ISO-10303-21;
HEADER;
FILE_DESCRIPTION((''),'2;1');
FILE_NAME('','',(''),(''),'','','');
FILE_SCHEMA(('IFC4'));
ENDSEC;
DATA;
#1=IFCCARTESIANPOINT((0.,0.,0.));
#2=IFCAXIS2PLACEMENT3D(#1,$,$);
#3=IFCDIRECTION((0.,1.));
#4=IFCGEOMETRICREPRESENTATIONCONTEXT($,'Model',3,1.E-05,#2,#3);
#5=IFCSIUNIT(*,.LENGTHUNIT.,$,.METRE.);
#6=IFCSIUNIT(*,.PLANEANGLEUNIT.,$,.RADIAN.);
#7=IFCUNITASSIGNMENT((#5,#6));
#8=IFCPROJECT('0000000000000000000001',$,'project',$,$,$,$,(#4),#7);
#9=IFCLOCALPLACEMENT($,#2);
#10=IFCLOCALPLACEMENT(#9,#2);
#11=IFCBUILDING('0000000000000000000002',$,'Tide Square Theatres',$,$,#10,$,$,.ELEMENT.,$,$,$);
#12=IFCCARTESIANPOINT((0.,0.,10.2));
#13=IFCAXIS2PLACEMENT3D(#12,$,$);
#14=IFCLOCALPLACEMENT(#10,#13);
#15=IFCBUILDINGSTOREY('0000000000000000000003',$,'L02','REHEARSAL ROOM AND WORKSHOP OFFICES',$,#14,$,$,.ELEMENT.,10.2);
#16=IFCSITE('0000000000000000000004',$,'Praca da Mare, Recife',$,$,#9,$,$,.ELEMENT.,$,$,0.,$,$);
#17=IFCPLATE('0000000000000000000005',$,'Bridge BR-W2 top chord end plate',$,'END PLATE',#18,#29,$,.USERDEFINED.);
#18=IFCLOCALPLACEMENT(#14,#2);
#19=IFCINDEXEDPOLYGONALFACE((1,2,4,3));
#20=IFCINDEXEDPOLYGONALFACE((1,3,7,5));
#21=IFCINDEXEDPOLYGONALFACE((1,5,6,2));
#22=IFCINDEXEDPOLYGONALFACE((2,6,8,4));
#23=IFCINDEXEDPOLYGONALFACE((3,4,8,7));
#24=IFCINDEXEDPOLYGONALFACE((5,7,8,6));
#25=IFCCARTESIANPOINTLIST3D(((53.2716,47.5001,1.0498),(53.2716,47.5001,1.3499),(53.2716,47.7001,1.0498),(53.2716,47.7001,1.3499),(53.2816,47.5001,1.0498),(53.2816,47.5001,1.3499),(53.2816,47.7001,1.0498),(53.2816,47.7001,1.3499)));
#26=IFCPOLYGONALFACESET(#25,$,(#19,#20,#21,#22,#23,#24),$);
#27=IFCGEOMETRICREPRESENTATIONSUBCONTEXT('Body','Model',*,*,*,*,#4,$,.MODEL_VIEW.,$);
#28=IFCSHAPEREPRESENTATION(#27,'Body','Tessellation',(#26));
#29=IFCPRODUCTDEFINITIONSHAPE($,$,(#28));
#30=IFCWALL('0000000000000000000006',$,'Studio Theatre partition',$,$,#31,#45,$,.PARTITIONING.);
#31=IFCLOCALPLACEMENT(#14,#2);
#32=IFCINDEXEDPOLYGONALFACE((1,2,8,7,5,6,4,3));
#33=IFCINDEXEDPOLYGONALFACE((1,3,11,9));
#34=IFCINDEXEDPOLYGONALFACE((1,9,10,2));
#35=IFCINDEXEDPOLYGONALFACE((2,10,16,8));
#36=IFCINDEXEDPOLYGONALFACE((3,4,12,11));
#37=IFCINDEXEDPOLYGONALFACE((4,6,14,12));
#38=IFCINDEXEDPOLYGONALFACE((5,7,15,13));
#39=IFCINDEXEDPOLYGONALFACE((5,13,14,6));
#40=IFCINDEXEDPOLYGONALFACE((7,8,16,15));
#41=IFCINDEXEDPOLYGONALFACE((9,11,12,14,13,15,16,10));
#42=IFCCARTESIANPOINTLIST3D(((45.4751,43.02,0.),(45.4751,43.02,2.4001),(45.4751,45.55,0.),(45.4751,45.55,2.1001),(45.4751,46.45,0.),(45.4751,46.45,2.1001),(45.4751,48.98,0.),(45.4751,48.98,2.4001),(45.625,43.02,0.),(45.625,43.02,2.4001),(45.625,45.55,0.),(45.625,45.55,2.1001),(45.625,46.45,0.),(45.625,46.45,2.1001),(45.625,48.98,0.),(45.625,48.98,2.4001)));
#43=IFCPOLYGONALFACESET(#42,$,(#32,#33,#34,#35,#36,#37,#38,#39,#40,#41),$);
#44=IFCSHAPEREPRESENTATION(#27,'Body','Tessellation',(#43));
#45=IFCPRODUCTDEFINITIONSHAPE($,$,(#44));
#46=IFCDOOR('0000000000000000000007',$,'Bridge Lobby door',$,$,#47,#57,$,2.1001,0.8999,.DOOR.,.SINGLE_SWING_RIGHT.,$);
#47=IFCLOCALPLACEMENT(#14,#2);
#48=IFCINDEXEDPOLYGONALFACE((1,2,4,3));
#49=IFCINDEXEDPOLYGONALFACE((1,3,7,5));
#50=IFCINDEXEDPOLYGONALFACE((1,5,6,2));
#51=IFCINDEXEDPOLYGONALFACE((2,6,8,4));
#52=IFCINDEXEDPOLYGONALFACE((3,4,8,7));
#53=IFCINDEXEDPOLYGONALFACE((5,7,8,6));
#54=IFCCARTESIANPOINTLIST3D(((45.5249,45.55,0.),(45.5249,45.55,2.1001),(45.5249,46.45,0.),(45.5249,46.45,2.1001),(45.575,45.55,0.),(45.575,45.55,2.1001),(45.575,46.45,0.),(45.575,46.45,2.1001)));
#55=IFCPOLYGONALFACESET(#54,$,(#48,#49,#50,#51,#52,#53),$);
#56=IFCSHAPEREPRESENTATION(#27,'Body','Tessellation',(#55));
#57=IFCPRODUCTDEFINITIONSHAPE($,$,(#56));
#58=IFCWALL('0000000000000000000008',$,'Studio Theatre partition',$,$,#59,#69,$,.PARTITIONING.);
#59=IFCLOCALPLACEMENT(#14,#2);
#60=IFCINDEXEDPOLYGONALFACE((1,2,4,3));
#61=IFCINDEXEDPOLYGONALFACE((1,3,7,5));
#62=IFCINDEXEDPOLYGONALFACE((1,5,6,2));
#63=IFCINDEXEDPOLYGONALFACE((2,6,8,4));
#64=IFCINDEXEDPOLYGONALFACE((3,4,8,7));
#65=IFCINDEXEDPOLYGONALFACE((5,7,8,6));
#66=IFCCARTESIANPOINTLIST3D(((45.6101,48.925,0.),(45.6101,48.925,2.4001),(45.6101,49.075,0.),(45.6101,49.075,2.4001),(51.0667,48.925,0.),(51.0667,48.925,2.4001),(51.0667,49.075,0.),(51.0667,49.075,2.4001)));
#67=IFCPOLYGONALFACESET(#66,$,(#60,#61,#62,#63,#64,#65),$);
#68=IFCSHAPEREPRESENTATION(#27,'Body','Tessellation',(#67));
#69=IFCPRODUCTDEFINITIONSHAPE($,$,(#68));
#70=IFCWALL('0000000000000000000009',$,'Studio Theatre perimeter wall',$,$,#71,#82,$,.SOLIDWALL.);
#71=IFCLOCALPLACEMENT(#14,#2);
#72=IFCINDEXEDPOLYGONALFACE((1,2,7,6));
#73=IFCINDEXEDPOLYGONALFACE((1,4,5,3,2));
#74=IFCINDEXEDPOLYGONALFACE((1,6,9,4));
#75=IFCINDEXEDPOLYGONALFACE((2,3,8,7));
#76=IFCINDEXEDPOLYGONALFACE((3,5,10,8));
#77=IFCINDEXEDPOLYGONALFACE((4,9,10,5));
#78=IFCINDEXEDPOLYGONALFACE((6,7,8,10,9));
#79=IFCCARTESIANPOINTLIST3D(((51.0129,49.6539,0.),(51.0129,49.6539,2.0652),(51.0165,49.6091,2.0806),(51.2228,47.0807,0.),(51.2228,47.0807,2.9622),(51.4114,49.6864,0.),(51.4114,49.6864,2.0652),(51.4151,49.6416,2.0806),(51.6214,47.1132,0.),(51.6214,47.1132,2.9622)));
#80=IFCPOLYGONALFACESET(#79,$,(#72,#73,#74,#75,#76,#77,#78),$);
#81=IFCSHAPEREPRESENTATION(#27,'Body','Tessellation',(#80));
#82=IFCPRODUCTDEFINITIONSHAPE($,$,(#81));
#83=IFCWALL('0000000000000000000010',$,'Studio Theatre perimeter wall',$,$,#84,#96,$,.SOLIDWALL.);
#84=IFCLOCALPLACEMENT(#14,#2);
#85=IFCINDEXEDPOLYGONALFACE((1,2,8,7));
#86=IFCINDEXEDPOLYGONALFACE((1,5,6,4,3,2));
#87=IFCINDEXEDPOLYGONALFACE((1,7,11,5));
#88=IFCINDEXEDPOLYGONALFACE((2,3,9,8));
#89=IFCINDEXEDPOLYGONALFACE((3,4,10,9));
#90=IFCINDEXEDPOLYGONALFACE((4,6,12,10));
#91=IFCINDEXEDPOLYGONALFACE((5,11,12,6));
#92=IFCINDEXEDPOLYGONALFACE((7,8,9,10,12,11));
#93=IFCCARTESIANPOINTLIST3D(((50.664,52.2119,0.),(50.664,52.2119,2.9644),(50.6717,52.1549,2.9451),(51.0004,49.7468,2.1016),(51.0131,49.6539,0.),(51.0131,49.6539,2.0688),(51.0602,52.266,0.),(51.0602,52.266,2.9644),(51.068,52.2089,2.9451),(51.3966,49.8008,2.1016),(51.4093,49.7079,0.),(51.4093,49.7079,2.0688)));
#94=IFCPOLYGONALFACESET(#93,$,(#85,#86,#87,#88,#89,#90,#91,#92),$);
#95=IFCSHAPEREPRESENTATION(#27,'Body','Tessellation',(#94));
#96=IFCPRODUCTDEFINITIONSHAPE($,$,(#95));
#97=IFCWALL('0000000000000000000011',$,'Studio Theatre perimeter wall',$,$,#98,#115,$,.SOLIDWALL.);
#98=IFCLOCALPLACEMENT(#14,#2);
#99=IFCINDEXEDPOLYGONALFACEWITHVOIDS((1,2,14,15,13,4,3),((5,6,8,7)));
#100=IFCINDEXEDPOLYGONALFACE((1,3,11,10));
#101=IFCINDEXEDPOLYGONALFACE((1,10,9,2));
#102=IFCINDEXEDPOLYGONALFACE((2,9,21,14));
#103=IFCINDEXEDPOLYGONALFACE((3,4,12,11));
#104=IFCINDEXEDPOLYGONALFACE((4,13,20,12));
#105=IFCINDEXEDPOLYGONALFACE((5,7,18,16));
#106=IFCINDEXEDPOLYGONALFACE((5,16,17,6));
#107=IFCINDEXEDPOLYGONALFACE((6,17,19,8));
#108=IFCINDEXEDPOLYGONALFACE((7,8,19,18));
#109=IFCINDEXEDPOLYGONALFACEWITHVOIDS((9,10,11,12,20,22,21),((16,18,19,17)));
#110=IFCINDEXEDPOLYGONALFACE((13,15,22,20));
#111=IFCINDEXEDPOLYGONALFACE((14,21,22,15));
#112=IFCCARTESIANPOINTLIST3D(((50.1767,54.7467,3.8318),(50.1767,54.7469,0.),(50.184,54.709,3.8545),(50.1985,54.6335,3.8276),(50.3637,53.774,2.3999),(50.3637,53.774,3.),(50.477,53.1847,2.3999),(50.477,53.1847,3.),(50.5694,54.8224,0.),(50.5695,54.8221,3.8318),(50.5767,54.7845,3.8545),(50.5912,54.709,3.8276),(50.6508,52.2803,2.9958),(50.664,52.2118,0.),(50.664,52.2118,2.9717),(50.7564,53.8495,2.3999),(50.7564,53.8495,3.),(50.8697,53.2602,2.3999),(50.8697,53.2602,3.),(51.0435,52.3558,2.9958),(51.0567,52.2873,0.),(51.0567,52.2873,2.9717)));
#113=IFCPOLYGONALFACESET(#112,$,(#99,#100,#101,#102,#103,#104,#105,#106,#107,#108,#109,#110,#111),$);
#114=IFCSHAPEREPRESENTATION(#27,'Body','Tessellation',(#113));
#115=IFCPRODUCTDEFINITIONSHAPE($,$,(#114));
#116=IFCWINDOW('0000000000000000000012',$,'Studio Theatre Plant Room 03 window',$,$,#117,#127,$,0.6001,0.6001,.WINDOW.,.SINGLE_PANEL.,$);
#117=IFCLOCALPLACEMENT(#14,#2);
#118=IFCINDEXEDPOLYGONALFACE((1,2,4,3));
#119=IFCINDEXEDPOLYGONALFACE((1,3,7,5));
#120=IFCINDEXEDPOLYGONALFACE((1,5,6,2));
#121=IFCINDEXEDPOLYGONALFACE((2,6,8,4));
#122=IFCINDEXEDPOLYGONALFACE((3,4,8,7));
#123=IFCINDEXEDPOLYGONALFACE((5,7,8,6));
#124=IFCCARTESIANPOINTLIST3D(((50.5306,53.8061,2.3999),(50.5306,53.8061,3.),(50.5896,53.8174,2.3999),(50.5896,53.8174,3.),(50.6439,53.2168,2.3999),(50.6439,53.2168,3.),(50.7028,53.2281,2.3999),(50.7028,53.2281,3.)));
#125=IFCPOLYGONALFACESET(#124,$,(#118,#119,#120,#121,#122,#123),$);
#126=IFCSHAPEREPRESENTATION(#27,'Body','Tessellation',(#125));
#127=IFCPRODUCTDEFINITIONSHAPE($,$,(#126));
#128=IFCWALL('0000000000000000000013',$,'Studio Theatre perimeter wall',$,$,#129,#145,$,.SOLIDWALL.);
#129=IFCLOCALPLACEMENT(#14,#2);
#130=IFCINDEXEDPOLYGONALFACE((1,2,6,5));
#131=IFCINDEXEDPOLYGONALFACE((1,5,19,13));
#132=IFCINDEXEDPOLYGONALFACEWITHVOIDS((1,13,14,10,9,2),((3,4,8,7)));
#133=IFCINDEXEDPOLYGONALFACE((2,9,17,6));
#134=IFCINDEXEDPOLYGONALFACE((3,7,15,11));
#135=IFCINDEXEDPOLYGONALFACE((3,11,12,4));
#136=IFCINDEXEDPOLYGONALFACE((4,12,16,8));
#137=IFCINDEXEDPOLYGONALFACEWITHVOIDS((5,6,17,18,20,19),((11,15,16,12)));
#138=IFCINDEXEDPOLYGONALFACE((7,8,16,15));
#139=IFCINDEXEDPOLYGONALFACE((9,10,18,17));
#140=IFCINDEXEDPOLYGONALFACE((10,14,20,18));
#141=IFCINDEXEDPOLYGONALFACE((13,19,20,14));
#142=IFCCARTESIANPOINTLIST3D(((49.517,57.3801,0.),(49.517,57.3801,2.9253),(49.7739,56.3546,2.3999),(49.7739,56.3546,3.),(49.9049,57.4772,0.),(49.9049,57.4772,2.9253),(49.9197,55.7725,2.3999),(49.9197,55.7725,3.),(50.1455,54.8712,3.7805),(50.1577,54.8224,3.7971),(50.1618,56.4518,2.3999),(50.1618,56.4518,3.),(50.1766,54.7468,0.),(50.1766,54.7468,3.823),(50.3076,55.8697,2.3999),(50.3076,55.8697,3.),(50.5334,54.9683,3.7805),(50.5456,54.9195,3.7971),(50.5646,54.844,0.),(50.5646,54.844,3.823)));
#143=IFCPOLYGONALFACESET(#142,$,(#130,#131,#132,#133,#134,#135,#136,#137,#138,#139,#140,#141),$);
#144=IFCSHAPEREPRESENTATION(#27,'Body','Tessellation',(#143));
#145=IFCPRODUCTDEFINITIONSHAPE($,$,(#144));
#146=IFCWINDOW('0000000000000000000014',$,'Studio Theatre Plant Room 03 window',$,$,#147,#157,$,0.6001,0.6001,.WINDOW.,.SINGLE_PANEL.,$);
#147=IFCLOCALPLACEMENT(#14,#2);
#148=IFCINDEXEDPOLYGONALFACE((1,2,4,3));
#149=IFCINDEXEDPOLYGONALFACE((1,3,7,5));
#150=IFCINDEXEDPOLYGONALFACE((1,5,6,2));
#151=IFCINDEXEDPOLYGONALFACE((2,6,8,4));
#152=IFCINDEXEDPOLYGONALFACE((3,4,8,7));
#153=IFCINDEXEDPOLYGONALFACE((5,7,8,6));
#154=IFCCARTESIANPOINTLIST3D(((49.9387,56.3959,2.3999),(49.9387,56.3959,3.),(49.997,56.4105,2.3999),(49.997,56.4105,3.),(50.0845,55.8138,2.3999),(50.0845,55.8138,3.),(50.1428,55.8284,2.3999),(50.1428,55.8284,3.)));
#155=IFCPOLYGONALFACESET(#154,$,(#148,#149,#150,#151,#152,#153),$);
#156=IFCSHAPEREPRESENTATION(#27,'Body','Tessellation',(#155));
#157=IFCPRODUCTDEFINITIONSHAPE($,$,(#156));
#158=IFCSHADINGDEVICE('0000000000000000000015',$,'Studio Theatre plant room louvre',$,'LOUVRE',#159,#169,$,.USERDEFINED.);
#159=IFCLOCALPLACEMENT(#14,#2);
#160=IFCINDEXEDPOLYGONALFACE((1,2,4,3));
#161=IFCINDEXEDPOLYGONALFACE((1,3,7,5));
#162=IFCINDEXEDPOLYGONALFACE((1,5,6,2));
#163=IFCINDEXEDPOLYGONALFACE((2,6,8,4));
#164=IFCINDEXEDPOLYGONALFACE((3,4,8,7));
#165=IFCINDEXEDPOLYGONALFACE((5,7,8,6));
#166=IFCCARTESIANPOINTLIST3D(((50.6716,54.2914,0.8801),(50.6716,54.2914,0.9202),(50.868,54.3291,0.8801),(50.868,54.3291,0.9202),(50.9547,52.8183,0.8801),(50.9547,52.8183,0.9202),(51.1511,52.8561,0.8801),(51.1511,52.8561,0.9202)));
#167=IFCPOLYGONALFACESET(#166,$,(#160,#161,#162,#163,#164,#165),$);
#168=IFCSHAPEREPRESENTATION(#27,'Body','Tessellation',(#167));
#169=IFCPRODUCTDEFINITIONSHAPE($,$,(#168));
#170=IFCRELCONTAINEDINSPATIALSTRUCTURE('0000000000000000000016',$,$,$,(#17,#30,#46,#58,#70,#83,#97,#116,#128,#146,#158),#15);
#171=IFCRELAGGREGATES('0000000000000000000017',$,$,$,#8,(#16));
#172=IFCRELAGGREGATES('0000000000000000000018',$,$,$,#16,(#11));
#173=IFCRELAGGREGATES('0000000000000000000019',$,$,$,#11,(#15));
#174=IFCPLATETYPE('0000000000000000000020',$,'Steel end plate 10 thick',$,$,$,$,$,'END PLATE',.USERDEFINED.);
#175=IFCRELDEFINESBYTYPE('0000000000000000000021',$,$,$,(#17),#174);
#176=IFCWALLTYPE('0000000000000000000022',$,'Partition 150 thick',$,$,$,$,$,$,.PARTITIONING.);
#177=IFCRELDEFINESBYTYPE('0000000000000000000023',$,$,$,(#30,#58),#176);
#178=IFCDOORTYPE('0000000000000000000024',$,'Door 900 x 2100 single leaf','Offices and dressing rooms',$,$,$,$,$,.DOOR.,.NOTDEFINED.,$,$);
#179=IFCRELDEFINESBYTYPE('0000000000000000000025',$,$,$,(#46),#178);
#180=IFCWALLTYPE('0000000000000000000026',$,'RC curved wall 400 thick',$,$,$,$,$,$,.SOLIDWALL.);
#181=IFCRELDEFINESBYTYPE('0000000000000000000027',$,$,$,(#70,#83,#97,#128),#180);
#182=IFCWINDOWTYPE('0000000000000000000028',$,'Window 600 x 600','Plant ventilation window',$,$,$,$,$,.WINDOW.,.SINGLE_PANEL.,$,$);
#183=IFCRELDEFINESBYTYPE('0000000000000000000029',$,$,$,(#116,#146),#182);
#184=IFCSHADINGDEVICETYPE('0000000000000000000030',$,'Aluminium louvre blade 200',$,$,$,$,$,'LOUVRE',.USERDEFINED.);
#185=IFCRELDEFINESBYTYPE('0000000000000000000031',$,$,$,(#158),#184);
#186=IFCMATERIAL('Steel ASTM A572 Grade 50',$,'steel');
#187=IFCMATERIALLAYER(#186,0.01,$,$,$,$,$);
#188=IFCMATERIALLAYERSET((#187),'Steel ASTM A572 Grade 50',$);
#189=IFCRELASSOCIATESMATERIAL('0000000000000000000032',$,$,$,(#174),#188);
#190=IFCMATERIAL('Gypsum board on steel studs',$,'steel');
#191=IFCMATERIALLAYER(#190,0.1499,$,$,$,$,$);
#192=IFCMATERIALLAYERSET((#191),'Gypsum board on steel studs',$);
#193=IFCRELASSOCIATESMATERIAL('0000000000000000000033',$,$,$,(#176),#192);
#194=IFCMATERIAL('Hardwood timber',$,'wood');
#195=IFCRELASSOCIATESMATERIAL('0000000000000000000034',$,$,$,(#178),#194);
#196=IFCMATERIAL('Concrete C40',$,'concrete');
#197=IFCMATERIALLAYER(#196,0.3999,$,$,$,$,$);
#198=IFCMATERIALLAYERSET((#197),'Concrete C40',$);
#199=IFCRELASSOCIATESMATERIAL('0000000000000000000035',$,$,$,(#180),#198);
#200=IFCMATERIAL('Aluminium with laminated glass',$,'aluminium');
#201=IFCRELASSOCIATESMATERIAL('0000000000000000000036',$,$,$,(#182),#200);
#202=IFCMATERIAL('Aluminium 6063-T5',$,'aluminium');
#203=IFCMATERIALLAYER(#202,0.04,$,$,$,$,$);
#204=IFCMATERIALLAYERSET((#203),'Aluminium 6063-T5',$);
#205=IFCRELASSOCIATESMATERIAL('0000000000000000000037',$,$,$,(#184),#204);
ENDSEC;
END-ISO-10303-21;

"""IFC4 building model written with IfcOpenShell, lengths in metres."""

from ifc_helpers import new_model, si_unit, direction, frame, frame_2d, origin, origin_2d, place, context, subcontext, project, spatial, polyline, rectangle, outline, extrude, material, layer, layer_set, type_object, element, fill, save


model = new_model("IFC4")

# Units and contexts
model_context = context("Model", 3, precision=1e-05, world=origin(), true_north=direction((0.0, 1.0)))
body_context = subcontext(model_context, "Body", "Model", "MODEL_VIEW")
ifc_project = project(units=[si_unit("LENGTHUNIT", "METRE"), si_unit("PLANEANGLEUNIT", "RADIAN")], contexts=[model_context])

# Site, building, storey
site_placement = place(None, origin())
site = spatial("IfcSite", under=ifc_project, at=site_placement, Name="Praca da Mare, Recife", CompositionType="ELEMENT", RefElevation=0.0)
building_placement = place(site_placement, origin())
building = spatial("IfcBuilding", under=site, at=building_placement, Name="Tide Square Theatres", CompositionType="ELEMENT")
storey_placement = place(building_placement, frame((0.0, 0.0, 10.2)))
storey = spatial("IfcBuildingStorey", under=building, at=storey_placement, Name="L02", Description="REHEARSAL ROOM AND WORKSHOP OFFICES", CompositionType="ELEMENT", Elevation=10.2)

# Plate
ifc_material_1 = material(Name="Steel ASTM A572 Grade 50", Category="steel")
ifc_layer_1 = layer(ifc_material_1, 0.01)
ifc_layer_set_1 = layer_set([ifc_layer_1], Name="Steel ASTM A572 Grade 50")
plate_type = type_object("IfcPlateType", Name="Steel end plate 10 thick", ElementType="END PLATE", PredefinedType="USERDEFINED", material=ifc_layer_set_1)
plate_placement = place(storey_placement, frame((53.2766, 47.6001, 1.0498), z_axis=(0.0, 0.0, 1.0), x_axis=(-1.0, 0.0, 0.0)))
element("IfcPlate", 1, at=plate_placement, inside=storey, type_object=plate_type, Name="Bridge BR-W2 top chord end plate", ObjectType="END PLATE", PredefinedType="USERDEFINED", context=body_context, shape_type="SweptSolid", body=[
    extrude(rectangle(XDim=0.01, YDim=0.2, at=origin_2d()), origin(), (0.0, 0.0, 1.0), 0.3),
])

# Wall, opening, door
ifc_material_2 = material(Name="Gypsum board on steel studs", Category="steel")
ifc_layer_2 = layer(ifc_material_2, 0.1499)
ifc_layer_set_2 = layer_set([ifc_layer_2], Name="Gypsum board on steel studs")
wall_type_1 = type_object("IfcWallType", Name="Partition 150 thick", PredefinedType="PARTITIONING", material=ifc_layer_set_2)
wall_1_placement = place(storey_placement, frame((45.55, 48.98, 0.0), z_axis=(0.0, 0.0, 1.0), x_axis=(0.0, -1.0, 0.0)))
wall_1 = element("IfcWall", 2, at=wall_1_placement, inside=storey, type_object=wall_type_1, Name="Studio Theatre partition", PredefinedType="PARTITIONING", context=body_context, shape_type="SweptSolid", body=[
    extrude(rectangle(XDim=5.96, YDim=0.1499, at=frame_2d((2.98, 0.0))), origin(), (0.0, 0.0, 1.0), 2.4001),
])
opening_1_placement = place(wall_1_placement, frame((2.53, 0.0, 0.0)))
opening_1 = element("IfcOpeningElement", 3, at=opening_1_placement, cuts=wall_1, PredefinedType="OPENING", context=body_context, shape_type="SweptSolid", body=[
    extrude(rectangle(XDim=0.8999, YDim=2.1001, at=frame_2d((0.45, 1.05))), frame((0.0, 0.085, 0.0), z_axis=(0.0, -1.0, 0.0), x_axis=(1.0, 0.0, 0.0)), (0.0, 0.0, 1.0), 0.1699),
])
ifc_material_3 = material(Name="Hardwood timber", Category="wood")
door_type = type_object("IfcDoorType", Name="Door 900 x 2100 single leaf", Description="Offices and dressing rooms", OperationType="NOTDEFINED", PredefinedType="DOOR", material=ifc_material_3)
door_placement = place(opening_1_placement, origin())
door = element("IfcDoor", 4, at=door_placement, inside=storey, type_object=door_type, Name="Bridge Lobby door", OperationType="SINGLE_SWING_RIGHT", OverallHeight=2.1001, OverallWidth=0.8999, PredefinedType="DOOR", context=body_context, shape_type="SweptSolid", body=[
    extrude(rectangle(XDim=0.8999, YDim=2.1001, at=frame_2d((0.45, 1.05))), frame((0.0, 0.0249, 0.0), z_axis=(0.0, -1.0, 0.0), x_axis=(1.0, 0.0, 0.0)), (0.0, 0.0, 1.0), 0.05),
])
fill(opening_1, door)

# Walls
wall_2_placement = place(storey_placement, frame((45.6101, 49.0, 0.0), z_axis=(0.0, 0.0, 1.0), x_axis=(1.0, 0.0, 0.0)))
element("IfcWall", 5, at=wall_2_placement, inside=storey, type_object=wall_type_1, Name="Studio Theatre partition", PredefinedType="PARTITIONING", context=body_context, shape_type="SweptSolid", body=[
    extrude(rectangle(XDim=5.4565, YDim=0.1499, at=frame_2d((2.7283, 0.0))), origin(), (0.0, 0.0, 1.0), 2.4001),
])
ifc_material_4 = material(Name="Concrete C40", Category="concrete")
ifc_layer_3 = layer(ifc_material_4, 0.3999)
ifc_layer_set_3 = layer_set([ifc_layer_3], Name="Concrete C40")
wall_type_2 = type_object("IfcWallType", Name="RC curved wall 400 thick", PredefinedType="SOLIDWALL", material=ifc_layer_set_3)
wall_3_placement = place(storey_placement, frame((51.4221, 47.0969, 0.0), z_axis=(0.0, 0.0, 1.0), x_axis=(-0.081324, 0.996688, 0.0)))
element("IfcWall", 6, at=wall_3_placement, inside=storey, type_object=wall_type_2, Name="Studio Theatre perimeter wall", PredefinedType="SOLIDWALL", context=body_context, shape_type="SweptSolid", body=[
    extrude(outline(polyline([(0.0, 0.0), (2.5818, 0.0), (2.5818, 2.0652), (2.5369, 2.0806), (0.0, 2.9622), (0.0, 0.0)])), frame((0.0, 0.2, 0.0), z_axis=(0.0, -1.0, 0.0), x_axis=(1.0, 0.0, 0.0)), (0.0, 0.0, 1.0), 0.3999),
])
wall_4_placement = place(storey_placement, frame((51.2112, 49.6809, 0.0), z_axis=(0.0, 0.0, 1.0), x_axis=(-0.135223, 0.990815, 0.0)))
element("IfcWall", 7, at=wall_4_placement, inside=storey, type_object=wall_type_2, Name="Studio Theatre perimeter wall", PredefinedType="SOLIDWALL", context=body_context, shape_type="SweptSolid", body=[
    extrude(outline(polyline([(0.0, 0.0), (2.5818, 0.0), (2.5818, 2.9644), (2.5242, 2.9451), (0.0938, 2.1016), (0.0, 2.0688), (0.0, 0.0)])), frame((0.0, 0.2, 0.0), z_axis=(0.0, -1.0, 0.0), x_axis=(1.0, 0.0, 0.0)), (0.0, 0.0, 1.0), 0.3999),
])

# Walls, openings, windows
wall_5_placement = place(storey_placement, frame((50.8604, 52.2495, 0.0), z_axis=(0.0, 0.0, 1.0), x_axis=(-0.188763, 0.982023, 0.0)))
wall_5 = element("IfcWall", 8, at=wall_5_placement, inside=storey, type_object=wall_type_2, Name="Studio Theatre perimeter wall", PredefinedType="SOLIDWALL", context=body_context, shape_type="SweptSolid", body=[
    extrude(outline(polyline([(0.0, 0.0), (2.5815, 0.0), (2.5813, 3.8318), (2.543, 3.8545), (2.4661, 3.8276), (0.0698, 2.9958), (0.0, 2.9717), (0.0, 0.0)])), frame((0.0, 0.2, 0.0), z_axis=(0.0, -1.0, 0.0), x_axis=(1.0, 0.0, 0.0)), (0.0, 0.0, 1.0), 0.3999),
])
opening_2_placement = place(wall_5_placement, frame((0.9907, 0.0, 2.3999)))
opening_2 = element("IfcOpeningElement", 9, at=opening_2_placement, cuts=wall_5, PredefinedType="OPENING", context=body_context, shape_type="SweptSolid", body=[
    extrude(rectangle(XDim=0.6001, YDim=0.6001, at=frame_2d((0.3, 0.3))), frame((0.0, 0.21, 0.0), z_axis=(0.0, -1.0, 0.0), x_axis=(1.0, 0.0, 0.0)), (0.0, 0.0, 1.0), 0.4199),
])
ifc_material_5 = material(Name="Aluminium with laminated glass", Category="aluminium")
window_type = type_object("IfcWindowType", Name="Window 600 x 600", Description="Plant ventilation window", PartitioningType="SINGLE_PANEL", PredefinedType="WINDOW", material=ifc_material_5)
window_1_placement = place(opening_2_placement, origin())
window_1 = element("IfcWindow", 10, at=window_1_placement, inside=storey, type_object=window_type, Name="Studio Theatre Plant Room 03 window", OverallHeight=0.6001, OverallWidth=0.6001, PartitioningType="SINGLE_PANEL", PredefinedType="WINDOW", context=body_context, shape_type="SweptSolid", body=[
    extrude(rectangle(XDim=0.6001, YDim=0.6001, at=frame_2d((0.3, 0.3))), frame((0.0, 0.03, 0.0), z_axis=(0.0, -1.0, 0.0), x_axis=(1.0, 0.0, 0.0)), (0.0, 0.0, 1.0), 0.0601),
])
fill(opening_2, window_1)
wall_6_placement = place(storey_placement, frame((50.3706, 54.7954, 0.0), z_axis=(0.0, 0.0, 1.0), x_axis=(-0.243001, 0.970026, 0.0)))
wall_6 = element("IfcWall", 11, at=wall_6_placement, inside=storey, type_object=wall_type_2, Name="Studio Theatre perimeter wall", PredefinedType="SOLIDWALL", context=body_context, shape_type="SweptSolid", body=[
    extrude(outline(polyline([(0.0, 0.0), (2.7146, 0.0), (2.7146, 2.9253), (0.1282, 3.7805), (0.0779, 3.7971), (0.0, 3.823), (0.0, 0.0)])), frame((0.0, 0.2, 0.0), z_axis=(0.0, -1.0, 0.0), x_axis=(1.0, 0.0, 0.0)), (0.0, 0.0, 1.0), 0.3999),
])
opening_3_placement = place(wall_6_placement, frame((1.0574, 0.0, 2.3999)))
opening_3 = element("IfcOpeningElement", 12, at=opening_3_placement, cuts=wall_6, PredefinedType="OPENING", context=body_context, shape_type="SweptSolid", body=[
    extrude(rectangle(XDim=0.6001, YDim=0.6001, at=frame_2d((0.3, 0.3))), frame((0.0, 0.21, 0.0), z_axis=(0.0, -1.0, 0.0), x_axis=(1.0, 0.0, 0.0)), (0.0, 0.0, 1.0), 0.4199),
])
window_2_placement = place(opening_3_placement, origin())
window_2 = element("IfcWindow", 13, at=window_2_placement, inside=storey, type_object=window_type, Name="Studio Theatre Plant Room 03 window", OverallHeight=0.6001, OverallWidth=0.6001, PartitioningType="SINGLE_PANEL", PredefinedType="WINDOW", context=body_context, shape_type="SweptSolid", body=[
    extrude(rectangle(XDim=0.6001, YDim=0.6001, at=frame_2d((0.3, 0.3))), frame((0.0, 0.03, 0.0), z_axis=(0.0, -1.0, 0.0), x_axis=(1.0, 0.0, 0.0)), (0.0, 0.0, 1.0), 0.0601),
])
fill(opening_3, window_2)

# Shading device
ifc_material_6 = material(Name="Aluminium 6063-T5", Category="aluminium")
ifc_layer_4 = layer(ifc_material_6, 0.04)
ifc_layer_set_4 = layer_set([ifc_layer_4], Name="Aluminium 6063-T5")
shading_device_type_1 = type_object("IfcShadingDeviceType", Name="Aluminium louvre blade 200", ElementType="LOUVRE", PredefinedType="USERDEFINED", material=ifc_layer_set_4)
for number, where, z_axis, x_axis, name in (
    (14, (50.9114, 53.5737, 0.8801), (0.0, 0.0, 1.0), (-0.188736, 0.982028, 0.0), "Studio Theatre plant room louvre"),
):
    element("IfcShadingDevice", number, at=place(storey_placement, frame(where, z_axis=z_axis, x_axis=x_axis)), inside=storey, type_object=shading_device_type_1, Name=name, ObjectType="LOUVRE", PredefinedType="USERDEFINED", context=body_context, shape_type="SweptSolid", body=[
        extrude(rectangle(XDim=1.5, YDim=0.2, at=origin_2d()), origin(), (0.0, 0.0, 1.0), 0.04),
    ])

save(model, "model.ifc")
